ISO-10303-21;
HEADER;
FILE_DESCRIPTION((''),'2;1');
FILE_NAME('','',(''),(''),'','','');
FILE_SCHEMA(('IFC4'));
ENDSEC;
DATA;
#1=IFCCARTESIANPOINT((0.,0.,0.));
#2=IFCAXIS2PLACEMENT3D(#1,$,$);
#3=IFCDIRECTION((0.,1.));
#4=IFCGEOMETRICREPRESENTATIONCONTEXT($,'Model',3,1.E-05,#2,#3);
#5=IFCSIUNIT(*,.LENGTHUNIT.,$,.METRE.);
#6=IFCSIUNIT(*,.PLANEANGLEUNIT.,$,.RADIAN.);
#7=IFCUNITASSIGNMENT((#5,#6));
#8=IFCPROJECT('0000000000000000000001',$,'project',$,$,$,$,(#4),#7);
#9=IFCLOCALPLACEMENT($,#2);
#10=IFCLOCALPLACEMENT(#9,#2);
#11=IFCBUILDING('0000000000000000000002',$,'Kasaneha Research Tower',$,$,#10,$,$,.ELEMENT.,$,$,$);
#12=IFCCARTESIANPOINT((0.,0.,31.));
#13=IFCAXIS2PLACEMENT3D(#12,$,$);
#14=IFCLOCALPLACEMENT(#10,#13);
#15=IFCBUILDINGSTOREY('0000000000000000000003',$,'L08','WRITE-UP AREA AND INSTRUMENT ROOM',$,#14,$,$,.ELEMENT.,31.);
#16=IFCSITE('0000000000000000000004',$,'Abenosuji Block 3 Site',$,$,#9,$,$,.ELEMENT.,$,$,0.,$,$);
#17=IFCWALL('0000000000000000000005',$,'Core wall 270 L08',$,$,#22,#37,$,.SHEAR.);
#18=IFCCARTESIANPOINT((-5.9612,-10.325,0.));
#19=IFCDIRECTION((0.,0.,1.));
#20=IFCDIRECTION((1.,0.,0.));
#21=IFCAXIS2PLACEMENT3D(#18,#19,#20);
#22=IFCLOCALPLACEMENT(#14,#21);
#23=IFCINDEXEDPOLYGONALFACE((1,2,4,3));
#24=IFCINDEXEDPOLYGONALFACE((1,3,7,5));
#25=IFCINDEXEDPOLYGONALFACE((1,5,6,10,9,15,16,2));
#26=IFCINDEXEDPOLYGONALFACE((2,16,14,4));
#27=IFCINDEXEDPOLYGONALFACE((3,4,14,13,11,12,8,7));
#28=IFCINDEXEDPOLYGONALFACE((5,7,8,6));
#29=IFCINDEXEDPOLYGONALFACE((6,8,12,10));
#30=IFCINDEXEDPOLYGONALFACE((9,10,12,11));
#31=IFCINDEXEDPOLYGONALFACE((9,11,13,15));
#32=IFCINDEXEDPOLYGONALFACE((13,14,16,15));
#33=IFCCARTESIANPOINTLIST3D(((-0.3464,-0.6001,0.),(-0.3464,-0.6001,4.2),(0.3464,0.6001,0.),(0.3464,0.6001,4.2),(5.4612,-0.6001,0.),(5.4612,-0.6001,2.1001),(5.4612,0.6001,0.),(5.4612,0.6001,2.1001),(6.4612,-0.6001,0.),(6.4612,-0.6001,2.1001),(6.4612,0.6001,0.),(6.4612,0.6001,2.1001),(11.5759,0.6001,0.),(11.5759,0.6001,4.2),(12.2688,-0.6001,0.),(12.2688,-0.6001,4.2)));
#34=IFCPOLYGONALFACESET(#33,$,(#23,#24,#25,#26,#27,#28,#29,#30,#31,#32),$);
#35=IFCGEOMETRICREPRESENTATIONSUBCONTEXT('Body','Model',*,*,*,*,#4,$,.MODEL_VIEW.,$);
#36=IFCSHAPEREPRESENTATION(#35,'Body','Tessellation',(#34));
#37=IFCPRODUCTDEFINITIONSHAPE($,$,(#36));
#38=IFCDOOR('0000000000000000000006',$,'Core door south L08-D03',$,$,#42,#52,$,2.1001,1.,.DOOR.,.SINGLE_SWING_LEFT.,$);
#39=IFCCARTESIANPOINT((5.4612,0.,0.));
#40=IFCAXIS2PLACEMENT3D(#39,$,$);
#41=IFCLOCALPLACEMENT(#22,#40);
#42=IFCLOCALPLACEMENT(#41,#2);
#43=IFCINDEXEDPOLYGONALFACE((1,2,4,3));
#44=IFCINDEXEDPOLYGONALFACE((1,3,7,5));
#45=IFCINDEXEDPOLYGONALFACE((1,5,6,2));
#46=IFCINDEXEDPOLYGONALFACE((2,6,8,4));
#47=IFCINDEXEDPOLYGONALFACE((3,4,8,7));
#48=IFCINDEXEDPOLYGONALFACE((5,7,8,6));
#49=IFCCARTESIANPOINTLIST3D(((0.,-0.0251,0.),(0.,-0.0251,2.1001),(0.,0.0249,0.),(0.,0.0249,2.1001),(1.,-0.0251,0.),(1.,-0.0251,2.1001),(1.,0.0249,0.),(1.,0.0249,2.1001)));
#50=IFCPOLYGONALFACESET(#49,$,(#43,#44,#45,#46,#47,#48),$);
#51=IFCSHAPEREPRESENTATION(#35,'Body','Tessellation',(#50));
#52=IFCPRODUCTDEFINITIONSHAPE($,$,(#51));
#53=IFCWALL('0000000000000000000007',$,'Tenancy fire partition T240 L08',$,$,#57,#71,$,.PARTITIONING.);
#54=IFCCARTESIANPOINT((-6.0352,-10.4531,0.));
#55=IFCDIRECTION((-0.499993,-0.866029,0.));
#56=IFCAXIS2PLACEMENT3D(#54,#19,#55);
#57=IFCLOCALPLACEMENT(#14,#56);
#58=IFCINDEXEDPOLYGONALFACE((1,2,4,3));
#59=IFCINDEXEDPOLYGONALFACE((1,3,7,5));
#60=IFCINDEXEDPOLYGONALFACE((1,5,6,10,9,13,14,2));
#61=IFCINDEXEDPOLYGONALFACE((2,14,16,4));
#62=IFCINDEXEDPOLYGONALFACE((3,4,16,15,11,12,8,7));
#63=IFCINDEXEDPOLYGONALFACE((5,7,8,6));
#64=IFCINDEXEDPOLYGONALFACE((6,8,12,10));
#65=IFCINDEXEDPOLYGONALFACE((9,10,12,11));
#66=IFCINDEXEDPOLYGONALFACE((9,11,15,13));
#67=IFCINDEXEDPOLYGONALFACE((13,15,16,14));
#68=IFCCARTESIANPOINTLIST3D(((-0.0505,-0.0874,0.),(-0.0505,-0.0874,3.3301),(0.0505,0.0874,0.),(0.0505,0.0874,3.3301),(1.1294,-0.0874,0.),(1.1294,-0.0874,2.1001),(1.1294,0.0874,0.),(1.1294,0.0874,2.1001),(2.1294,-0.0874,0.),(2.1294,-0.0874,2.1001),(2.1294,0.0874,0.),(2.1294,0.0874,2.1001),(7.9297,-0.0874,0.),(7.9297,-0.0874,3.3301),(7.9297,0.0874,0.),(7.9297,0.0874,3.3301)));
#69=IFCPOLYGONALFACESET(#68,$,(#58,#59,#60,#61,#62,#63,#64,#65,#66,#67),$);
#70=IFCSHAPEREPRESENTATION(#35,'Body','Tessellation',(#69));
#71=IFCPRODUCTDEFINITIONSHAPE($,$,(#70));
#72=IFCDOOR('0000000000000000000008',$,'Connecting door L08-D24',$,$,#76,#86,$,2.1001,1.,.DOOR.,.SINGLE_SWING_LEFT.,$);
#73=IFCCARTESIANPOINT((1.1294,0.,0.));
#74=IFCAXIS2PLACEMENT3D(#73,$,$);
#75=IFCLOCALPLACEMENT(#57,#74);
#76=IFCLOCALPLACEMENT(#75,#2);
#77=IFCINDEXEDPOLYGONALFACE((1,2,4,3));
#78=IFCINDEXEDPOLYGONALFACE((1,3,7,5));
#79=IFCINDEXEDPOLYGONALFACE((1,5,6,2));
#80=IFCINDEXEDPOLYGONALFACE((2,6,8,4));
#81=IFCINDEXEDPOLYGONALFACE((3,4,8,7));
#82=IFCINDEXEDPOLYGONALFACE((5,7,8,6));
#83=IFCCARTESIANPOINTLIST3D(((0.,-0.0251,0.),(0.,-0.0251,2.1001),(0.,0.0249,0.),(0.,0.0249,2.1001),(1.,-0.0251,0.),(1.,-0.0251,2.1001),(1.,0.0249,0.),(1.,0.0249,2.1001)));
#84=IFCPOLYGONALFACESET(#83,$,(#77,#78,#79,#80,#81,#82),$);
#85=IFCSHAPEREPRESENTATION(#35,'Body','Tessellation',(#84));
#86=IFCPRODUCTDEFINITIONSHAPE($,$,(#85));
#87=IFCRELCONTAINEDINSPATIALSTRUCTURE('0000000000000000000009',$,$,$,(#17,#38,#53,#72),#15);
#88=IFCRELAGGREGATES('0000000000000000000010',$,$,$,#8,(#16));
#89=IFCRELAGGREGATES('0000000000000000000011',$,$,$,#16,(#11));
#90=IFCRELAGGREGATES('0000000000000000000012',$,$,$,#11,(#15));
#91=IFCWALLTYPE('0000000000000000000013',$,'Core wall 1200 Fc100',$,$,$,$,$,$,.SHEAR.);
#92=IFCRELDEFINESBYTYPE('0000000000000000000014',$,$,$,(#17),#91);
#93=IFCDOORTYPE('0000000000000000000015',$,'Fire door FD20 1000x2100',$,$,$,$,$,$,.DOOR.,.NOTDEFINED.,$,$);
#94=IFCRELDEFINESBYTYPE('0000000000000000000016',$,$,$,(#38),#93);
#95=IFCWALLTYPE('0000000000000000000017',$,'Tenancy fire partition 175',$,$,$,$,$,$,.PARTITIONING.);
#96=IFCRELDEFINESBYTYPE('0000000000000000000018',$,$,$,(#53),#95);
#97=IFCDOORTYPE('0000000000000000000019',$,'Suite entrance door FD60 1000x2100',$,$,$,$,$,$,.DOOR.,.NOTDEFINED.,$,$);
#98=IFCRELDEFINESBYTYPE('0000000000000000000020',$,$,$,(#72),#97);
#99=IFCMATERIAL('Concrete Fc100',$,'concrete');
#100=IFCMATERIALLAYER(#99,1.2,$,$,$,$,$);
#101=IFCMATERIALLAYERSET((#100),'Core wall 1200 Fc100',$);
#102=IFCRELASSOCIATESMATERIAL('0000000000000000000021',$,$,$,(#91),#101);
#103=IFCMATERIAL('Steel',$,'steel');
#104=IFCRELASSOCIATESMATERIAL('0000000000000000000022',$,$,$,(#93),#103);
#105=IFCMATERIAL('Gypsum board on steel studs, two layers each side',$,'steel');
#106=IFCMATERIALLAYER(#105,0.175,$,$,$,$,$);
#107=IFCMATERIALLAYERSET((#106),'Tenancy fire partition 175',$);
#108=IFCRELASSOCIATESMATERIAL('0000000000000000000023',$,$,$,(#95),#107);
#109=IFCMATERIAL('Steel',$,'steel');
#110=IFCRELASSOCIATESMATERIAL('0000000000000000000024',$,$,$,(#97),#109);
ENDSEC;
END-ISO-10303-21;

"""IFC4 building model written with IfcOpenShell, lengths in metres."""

from ifc_helpers import new_model, si_unit, direction, frame, frame_2d, origin, place, context, subcontext, project, spatial, polyline, rectangle, outline, extrude, material, layer, layer_set, type_object, element, fill, save


model = new_model("IFC4")

# Units and contexts
model_context = context("Model", 3, precision=1e-05, world=origin(), true_north=direction((0.0, 1.0)))
body_context = subcontext(model_context, "Body", "Model", "MODEL_VIEW")
ifc_project = project(units=[si_unit("LENGTHUNIT", "METRE"), si_unit("PLANEANGLEUNIT", "RADIAN")], contexts=[model_context])

# Site, building, storey
site_placement = place(None, origin())
site = spatial("IfcSite", under=ifc_project, at=site_placement, Name="Abenosuji Block 3 Site", CompositionType="ELEMENT", RefElevation=0.0)
building_placement = place(site_placement, origin())
building = spatial("IfcBuilding", under=site, at=building_placement, Name="Kasaneha Research Tower", CompositionType="ELEMENT")
storey_placement = place(building_placement, frame((0.0, 0.0, 31.0)))
storey = spatial("IfcBuildingStorey", under=building, at=storey_placement, Name="L08", Description="WRITE-UP AREA AND INSTRUMENT ROOM", CompositionType="ELEMENT", Elevation=31.0)

# Walls, openings, doors
ifc_material_1 = material(Name="Concrete Fc100", Category="concrete")
ifc_layer_1 = layer(ifc_material_1, 1.2)
ifc_layer_set_1 = layer_set([ifc_layer_1], Name="Core wall 1200 Fc100")
wall_type_1 = type_object("IfcWallType", Name="Core wall 1200 Fc100", PredefinedType="SHEAR", material=ifc_layer_set_1)
wall_1_placement = place(storey_placement, frame((-5.9612, -10.325, 0.0), z_axis=(0.0, 0.0, 1.0), x_axis=(1.0, 0.0, 0.0)))
wall_1 = element("IfcWall", 1, at=wall_1_placement, inside=storey, type_object=wall_type_1, Name="Core wall 270 L08", PredefinedType="SHEAR", context=body_context, shape_type="SweptSolid", body=[
    extrude(outline(polyline([(-0.3464, -0.6001), (5.4612, -0.6001), (6.4612, -0.6001), (12.2688, -0.6001), (11.5759, 0.6001), (6.4612, 0.6001), (5.4612, 0.6001), (0.3464, 0.6001), (-0.3464, -0.6001)])), origin(), (0.0, 0.0, 1.0), 4.2),
])
opening_1_placement = place(wall_1_placement, frame((5.4612, 0.0, 0.0)))
opening_1 = element("IfcOpeningElement", 2, at=opening_1_placement, cuts=wall_1, PredefinedType="OPENING", context=body_context, shape_type="SweptSolid", body=[
    extrude(rectangle(XDim=1.0, YDim=2.1001, at=frame_2d((0.5, 1.05))), frame((0.0, 0.6099, 0.0), z_axis=(0.0, -1.0, 0.0), x_axis=(1.0, 0.0, 0.0)), (0.0, 0.0, 1.0), 1.22),
])
ifc_material_2 = material(Name="Steel", Category="steel")
door_type_1 = type_object("IfcDoorType", Name="Fire door FD20 1000x2100", OperationType="NOTDEFINED", PredefinedType="DOOR", material=ifc_material_2)
door_1_placement = place(opening_1_placement, origin())
door_1 = element("IfcDoor", 3, at=door_1_placement, inside=storey, type_object=door_type_1, Name="Core door south L08-D03", OperationType="SINGLE_SWING_LEFT", OverallHeight=2.1001, OverallWidth=1.0, PredefinedType="DOOR", context=body_context, shape_type="SweptSolid", body=[
    extrude(rectangle(XDim=1.0, YDim=2.1001, at=frame_2d((0.5, 1.05))), frame((0.0, 0.0249, 0.0), z_axis=(0.0, -1.0, 0.0), x_axis=(1.0, 0.0, 0.0)), (0.0, 0.0, 1.0), 0.05),
])
fill(opening_1, door_1)
ifc_material_3 = material(Name="Gypsum board on steel studs, two layers each side", Category="steel")
ifc_layer_2 = layer(ifc_material_3, 0.175)
ifc_layer_set_2 = layer_set([ifc_layer_2], Name="Tenancy fire partition 175")
wall_type_2 = type_object("IfcWallType", Name="Tenancy fire partition 175", PredefinedType="PARTITIONING", material=ifc_layer_set_2)
wall_2_placement = place(storey_placement, frame((-6.0352, -10.4531, 0.0), z_axis=(0.0, 0.0, 1.0), x_axis=(-0.499993, -0.866029, 0.0)))
wall_2 = element("IfcWall", 4, at=wall_2_placement, inside=storey, type_object=wall_type_2, Name="Tenancy fire partition T240 L08", PredefinedType="PARTITIONING", context=body_context, shape_type="SweptSolid", body=[
    extrude(outline(polyline([(-0.0505, -0.0874), (1.1294, -0.0874), (2.1294, -0.0874), (7.9297, -0.0874), (7.9297, 0.0874), (2.1294, 0.0874), (1.1294, 0.0874), (0.0505, 0.0874), (-0.0505, -0.0874)])), origin(), (0.0, 0.0, 1.0), 3.3301),
])
opening_2_placement = place(wall_2_placement, frame((1.1294, 0.0, 0.0)))
opening_2 = element("IfcOpeningElement", 5, at=opening_2_placement, cuts=wall_2, PredefinedType="OPENING", context=body_context, shape_type="SweptSolid", body=[
    extrude(rectangle(XDim=1.0, YDim=2.1001, at=frame_2d((0.5, 1.05))), frame((0.0, 0.0977, 0.0), z_axis=(0.0, -1.0, 0.0), x_axis=(1.0, 0.0, 0.0)), (0.0, 0.0, 1.0), 0.1951),
])
ifc_material_4 = material(Name="Steel", Category="steel")
door_type_2 = type_object("IfcDoorType", Name="Suite entrance door FD60 1000x2100", OperationType="NOTDEFINED", PredefinedType="DOOR", material=ifc_material_4)
door_2_placement = place(opening_2_placement, origin())
door_2 = element("IfcDoor", 6, at=door_2_placement, inside=storey, type_object=door_type_2, Name="Connecting door L08-D24", OperationType="SINGLE_SWING_LEFT", OverallHeight=2.1001, OverallWidth=1.0, PredefinedType="DOOR", context=body_context, shape_type="SweptSolid", body=[
    extrude(rectangle(XDim=1.0, YDim=2.1001, at=frame_2d((0.5, 1.05))), frame((0.0, 0.0249, 0.0), z_axis=(0.0, -1.0, 0.0), x_axis=(1.0, 0.0, 0.0)), (0.0, 0.0, 1.0), 0.05),
])
fill(opening_2, door_2)

save(model, "model.ifc")
